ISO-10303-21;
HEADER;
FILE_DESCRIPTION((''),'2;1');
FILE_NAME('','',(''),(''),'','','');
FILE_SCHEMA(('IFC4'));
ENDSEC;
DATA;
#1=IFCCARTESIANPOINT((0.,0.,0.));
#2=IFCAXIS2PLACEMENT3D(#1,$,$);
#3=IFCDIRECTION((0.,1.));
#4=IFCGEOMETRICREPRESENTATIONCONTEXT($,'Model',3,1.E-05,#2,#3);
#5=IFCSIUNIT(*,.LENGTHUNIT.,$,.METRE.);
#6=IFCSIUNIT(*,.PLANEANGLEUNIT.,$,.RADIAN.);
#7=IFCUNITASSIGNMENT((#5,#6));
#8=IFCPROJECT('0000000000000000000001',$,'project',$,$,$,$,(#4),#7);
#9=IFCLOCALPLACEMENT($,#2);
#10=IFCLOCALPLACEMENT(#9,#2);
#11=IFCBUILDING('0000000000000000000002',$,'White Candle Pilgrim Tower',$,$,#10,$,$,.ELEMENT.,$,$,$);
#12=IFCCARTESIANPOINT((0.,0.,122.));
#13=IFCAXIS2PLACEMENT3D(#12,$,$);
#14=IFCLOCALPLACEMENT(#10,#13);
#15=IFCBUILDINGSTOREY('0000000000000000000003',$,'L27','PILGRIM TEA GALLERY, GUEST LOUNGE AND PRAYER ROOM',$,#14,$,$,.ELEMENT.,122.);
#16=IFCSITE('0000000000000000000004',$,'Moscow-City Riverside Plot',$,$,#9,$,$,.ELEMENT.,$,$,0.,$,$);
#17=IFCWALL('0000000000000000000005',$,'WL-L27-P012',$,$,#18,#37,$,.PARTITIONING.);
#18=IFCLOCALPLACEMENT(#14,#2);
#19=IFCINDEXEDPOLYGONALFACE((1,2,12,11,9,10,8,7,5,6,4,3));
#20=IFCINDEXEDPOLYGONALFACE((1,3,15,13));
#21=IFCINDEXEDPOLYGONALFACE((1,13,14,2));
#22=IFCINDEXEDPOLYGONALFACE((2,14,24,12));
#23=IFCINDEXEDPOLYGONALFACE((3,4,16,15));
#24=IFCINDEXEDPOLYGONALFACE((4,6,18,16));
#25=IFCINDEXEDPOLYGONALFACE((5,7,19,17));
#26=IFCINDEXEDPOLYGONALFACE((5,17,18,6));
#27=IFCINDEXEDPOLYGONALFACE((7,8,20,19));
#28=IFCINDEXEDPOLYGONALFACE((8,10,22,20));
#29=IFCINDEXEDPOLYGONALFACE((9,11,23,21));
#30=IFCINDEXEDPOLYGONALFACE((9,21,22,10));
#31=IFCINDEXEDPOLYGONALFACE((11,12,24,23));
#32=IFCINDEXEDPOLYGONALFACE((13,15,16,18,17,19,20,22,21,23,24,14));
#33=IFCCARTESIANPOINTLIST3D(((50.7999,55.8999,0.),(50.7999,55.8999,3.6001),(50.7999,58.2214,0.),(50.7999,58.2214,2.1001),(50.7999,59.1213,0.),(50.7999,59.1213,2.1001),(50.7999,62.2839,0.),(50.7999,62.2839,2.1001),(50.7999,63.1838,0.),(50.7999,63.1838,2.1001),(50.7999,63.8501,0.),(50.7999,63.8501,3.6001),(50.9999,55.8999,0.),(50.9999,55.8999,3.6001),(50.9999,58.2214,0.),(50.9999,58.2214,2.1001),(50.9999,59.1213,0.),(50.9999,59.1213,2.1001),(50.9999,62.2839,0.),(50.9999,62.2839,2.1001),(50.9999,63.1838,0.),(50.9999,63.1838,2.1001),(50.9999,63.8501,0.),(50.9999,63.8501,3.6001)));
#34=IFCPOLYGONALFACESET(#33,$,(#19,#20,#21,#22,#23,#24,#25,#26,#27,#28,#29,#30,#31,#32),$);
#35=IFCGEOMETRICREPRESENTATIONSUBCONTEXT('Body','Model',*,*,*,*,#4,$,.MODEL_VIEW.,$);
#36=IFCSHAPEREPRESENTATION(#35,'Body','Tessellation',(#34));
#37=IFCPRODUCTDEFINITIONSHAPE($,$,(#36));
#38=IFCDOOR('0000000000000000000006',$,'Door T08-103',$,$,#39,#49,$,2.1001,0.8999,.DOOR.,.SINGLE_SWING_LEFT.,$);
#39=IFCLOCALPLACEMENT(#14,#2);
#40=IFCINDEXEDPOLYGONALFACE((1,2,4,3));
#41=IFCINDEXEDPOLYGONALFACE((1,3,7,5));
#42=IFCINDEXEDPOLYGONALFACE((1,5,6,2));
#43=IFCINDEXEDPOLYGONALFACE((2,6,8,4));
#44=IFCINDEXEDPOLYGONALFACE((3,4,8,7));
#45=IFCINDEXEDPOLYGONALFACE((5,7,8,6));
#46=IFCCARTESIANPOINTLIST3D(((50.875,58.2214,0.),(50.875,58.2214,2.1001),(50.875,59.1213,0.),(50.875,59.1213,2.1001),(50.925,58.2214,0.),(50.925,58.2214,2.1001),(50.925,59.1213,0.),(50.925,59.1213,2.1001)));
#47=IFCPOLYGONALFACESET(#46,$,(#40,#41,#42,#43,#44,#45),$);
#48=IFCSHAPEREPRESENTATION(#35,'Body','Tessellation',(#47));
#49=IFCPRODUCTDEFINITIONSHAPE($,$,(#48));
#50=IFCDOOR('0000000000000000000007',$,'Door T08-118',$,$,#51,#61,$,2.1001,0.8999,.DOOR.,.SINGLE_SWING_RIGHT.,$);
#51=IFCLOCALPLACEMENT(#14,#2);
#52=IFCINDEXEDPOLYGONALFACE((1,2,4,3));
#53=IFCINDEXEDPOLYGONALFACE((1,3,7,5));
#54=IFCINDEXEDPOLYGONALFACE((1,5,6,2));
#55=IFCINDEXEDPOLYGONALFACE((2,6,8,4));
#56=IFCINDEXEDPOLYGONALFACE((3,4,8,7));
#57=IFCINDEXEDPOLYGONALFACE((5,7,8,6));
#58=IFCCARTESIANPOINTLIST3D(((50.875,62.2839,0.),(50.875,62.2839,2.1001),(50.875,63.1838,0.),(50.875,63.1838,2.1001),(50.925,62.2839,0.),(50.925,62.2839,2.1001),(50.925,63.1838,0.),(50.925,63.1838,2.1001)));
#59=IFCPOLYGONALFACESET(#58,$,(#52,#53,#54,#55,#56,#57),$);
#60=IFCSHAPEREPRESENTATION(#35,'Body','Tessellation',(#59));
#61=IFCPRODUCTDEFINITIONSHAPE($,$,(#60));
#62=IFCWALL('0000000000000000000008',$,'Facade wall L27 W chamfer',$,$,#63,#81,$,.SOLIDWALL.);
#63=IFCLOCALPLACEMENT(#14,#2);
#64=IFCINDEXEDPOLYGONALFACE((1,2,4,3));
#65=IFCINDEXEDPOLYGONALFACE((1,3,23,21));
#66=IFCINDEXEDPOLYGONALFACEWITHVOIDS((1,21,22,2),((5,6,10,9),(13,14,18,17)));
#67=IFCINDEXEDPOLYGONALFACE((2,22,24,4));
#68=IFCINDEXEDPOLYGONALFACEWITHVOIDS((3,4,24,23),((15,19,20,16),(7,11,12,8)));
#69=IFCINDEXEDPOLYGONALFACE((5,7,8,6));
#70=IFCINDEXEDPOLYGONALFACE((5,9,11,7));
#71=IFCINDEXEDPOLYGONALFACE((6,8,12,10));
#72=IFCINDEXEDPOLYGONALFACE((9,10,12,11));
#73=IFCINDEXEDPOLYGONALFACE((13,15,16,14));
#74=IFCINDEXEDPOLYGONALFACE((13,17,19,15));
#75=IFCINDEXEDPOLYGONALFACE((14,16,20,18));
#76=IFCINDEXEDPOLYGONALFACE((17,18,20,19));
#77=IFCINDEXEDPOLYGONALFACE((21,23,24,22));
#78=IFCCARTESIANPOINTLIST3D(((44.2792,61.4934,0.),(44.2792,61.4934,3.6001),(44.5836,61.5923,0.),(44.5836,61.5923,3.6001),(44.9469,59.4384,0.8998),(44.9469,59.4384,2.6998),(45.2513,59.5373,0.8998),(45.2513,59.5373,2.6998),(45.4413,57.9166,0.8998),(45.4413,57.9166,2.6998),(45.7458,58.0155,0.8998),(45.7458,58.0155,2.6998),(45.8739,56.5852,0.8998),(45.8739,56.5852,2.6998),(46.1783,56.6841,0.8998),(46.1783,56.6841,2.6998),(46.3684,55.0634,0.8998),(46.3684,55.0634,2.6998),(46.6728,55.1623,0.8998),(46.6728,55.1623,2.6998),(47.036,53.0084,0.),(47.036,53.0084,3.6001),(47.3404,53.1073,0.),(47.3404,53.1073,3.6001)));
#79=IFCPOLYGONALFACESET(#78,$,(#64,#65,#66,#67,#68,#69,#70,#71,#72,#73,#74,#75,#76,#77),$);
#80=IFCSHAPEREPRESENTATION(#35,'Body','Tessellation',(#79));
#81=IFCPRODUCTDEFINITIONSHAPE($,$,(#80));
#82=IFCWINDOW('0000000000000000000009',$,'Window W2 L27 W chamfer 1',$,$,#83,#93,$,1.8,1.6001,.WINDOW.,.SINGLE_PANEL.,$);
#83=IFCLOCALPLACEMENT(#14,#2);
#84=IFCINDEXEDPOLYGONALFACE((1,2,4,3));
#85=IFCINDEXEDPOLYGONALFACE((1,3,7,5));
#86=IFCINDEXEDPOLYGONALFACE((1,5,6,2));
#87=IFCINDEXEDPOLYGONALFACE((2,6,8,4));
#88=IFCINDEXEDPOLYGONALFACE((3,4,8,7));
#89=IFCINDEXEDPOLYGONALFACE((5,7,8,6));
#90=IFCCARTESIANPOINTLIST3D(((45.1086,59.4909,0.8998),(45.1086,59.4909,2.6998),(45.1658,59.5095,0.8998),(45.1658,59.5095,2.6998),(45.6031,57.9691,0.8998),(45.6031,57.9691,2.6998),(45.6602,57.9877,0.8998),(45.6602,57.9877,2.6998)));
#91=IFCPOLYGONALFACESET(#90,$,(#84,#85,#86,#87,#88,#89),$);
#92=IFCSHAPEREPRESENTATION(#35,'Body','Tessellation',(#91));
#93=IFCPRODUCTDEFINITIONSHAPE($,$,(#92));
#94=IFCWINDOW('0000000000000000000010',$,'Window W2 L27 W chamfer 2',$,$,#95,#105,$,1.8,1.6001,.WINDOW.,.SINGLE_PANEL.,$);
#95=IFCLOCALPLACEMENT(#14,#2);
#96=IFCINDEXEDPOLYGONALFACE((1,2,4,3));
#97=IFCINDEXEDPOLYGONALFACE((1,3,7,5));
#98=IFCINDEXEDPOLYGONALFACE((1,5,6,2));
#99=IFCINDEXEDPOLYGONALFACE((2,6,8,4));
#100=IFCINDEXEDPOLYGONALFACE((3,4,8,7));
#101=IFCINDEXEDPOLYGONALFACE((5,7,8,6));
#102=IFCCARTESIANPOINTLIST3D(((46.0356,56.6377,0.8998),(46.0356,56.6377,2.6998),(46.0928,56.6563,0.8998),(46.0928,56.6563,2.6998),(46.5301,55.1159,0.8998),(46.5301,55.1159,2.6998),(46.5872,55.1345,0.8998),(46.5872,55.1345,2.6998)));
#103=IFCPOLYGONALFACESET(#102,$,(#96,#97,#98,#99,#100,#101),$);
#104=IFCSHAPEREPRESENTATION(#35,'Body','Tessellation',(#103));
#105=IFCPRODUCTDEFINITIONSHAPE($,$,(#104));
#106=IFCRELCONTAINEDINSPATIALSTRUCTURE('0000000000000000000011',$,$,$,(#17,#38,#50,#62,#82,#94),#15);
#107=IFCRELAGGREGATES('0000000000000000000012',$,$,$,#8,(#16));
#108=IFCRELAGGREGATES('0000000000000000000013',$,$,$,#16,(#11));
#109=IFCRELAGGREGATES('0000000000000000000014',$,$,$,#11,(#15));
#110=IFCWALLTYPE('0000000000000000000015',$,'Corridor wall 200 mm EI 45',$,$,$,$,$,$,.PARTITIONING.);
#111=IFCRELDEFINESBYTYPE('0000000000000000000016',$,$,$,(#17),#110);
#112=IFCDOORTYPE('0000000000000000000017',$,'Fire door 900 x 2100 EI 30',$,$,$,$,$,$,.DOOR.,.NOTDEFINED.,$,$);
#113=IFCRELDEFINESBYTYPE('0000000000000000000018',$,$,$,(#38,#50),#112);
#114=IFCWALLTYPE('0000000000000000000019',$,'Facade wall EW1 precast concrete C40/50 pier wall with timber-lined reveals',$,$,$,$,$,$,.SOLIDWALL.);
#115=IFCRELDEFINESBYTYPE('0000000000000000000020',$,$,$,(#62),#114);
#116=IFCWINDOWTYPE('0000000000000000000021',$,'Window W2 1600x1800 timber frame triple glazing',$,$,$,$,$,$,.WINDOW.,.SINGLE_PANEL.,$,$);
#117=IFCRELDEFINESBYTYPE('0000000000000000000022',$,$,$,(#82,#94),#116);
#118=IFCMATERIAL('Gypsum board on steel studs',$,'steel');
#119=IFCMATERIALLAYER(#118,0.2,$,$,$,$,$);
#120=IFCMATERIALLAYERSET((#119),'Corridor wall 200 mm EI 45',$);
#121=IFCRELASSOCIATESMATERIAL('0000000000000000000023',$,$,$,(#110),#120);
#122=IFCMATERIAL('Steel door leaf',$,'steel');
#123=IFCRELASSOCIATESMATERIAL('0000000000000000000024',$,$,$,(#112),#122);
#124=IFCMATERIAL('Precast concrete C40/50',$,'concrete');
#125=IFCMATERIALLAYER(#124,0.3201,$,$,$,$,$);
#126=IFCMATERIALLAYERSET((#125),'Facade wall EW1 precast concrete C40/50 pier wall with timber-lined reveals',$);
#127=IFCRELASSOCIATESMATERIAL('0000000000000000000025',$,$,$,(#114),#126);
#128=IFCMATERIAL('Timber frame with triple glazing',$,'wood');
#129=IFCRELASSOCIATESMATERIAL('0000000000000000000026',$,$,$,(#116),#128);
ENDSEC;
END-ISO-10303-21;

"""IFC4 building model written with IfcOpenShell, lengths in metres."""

from ifc_helpers import new_model, si_unit, direction, frame, frame_2d, origin, place, context, subcontext, project, spatial, rectangle, extrude, material, layer, layer_set, type_object, element, fill, save


model = new_model("IFC4")

# Units and contexts
model_context = context("Model", 3, precision=1e-05, world=origin(), true_north=direction((0.0, 1.0)))
body_context = subcontext(model_context, "Body", "Model", "MODEL_VIEW")
ifc_project = project(units=[si_unit("LENGTHUNIT", "METRE"), si_unit("PLANEANGLEUNIT", "RADIAN")], contexts=[model_context])

# Site, building, storey
site_placement = place(None, origin())
site = spatial("IfcSite", under=ifc_project, at=site_placement, Name="Moscow-City Riverside Plot", CompositionType="ELEMENT", RefElevation=0.0)
building_placement = place(site_placement, origin())
building = spatial("IfcBuilding", under=site, at=building_placement, Name="White Candle Pilgrim Tower", CompositionType="ELEMENT")
storey_placement = place(building_placement, frame((0.0, 0.0, 122.0)))
storey = spatial("IfcBuildingStorey", under=building, at=storey_placement, Name="L27", Description="PILGRIM TEA GALLERY, GUEST LOUNGE AND PRAYER ROOM", CompositionType="ELEMENT", Elevation=122.0)

# Wall, openings, doors
ifc_material_1 = material(Name="Gypsum board on steel studs", Category="steel")
ifc_layer_1 = layer(ifc_material_1, 0.2)
ifc_layer_set_1 = layer_set([ifc_layer_1], Name="Corridor wall 200 mm EI 45")
wall_type_1 = type_object("IfcWallType", Name="Corridor wall 200 mm EI 45", PredefinedType="PARTITIONING", material=ifc_layer_set_1)
wall_1_placement = place(storey_placement, frame((50.8999, 55.8999, 0.0), z_axis=(0.0, 0.0, 1.0), x_axis=(0.0, 1.0, 0.0)))
wall_1 = element("IfcWall", 1, at=wall_1_placement, inside=storey, type_object=wall_type_1, Name="WL-L27-P012", PredefinedType="PARTITIONING", context=body_context, shape_type="SweptSolid", body=[
    extrude(rectangle(XDim=7.9502, YDim=0.2, at=frame_2d((3.9751, 0.0))), origin(), (0.0, 0.0, 1.0), 3.6001),
])
opening_1_placement = place(wall_1_placement, frame((2.3215, 0.0, 0.0)))
opening_1 = element("IfcOpeningElement", 2, at=opening_1_placement, cuts=wall_1, PredefinedType="OPENING", context=body_context, shape_type="SweptSolid", body=[
    extrude(rectangle(XDim=0.8999, YDim=2.1001, at=frame_2d((0.45, 1.05))), frame((0.0, 0.1099, 0.0), z_axis=(0.0, -1.0, 0.0), x_axis=(1.0, 0.0, 0.0)), (0.0, 0.0, 1.0), 0.22),
])
opening_2_placement = place(wall_1_placement, frame((6.384, 0.0, 0.0)))
opening_2 = element("IfcOpeningElement", 3, at=opening_2_placement, cuts=wall_1, PredefinedType="OPENING", context=body_context, shape_type="SweptSolid", body=[
    extrude(rectangle(XDim=0.8999, YDim=2.1001, at=frame_2d((0.45, 1.05))), frame((0.0, 0.1099, 0.0), z_axis=(0.0, -1.0, 0.0), x_axis=(1.0, 0.0, 0.0)), (0.0, 0.0, 1.0), 0.22),
])
ifc_material_2 = material(Name="Steel door leaf", Category="steel")
door_type_1 = type_object("IfcDoorType", Name="Fire door 900 x 2100 EI 30", OperationType="NOTDEFINED", PredefinedType="DOOR", material=ifc_material_2)
door_1_placement = place(opening_1_placement, origin())
door_1 = element("IfcDoor", 4, at=door_1_placement, inside=storey, type_object=door_type_1, Name="Door T08-103", OperationType="SINGLE_SWING_LEFT", OverallHeight=2.1001, OverallWidth=0.8999, PredefinedType="DOOR", context=body_context, shape_type="SweptSolid", body=[
    extrude(rectangle(XDim=0.8999, YDim=2.1001, at=frame_2d((0.45, 1.05))), frame((0.0, 0.0249, 0.0), z_axis=(0.0, -1.0, 0.0), x_axis=(1.0, 0.0, 0.0)), (0.0, 0.0, 1.0), 0.05),
])
fill(opening_1, door_1)
door_2_placement = place(opening_2_placement, origin())
door_2 = element("IfcDoor", 5, at=door_2_placement, inside=storey, type_object=door_type_1, Name="Door T08-118", OperationType="SINGLE_SWING_RIGHT", OverallHeight=2.1001, OverallWidth=0.8999, PredefinedType="DOOR", context=body_context, shape_type="SweptSolid", body=[
    extrude(rectangle(XDim=0.8999, YDim=2.1001, at=frame_2d((0.45, 1.05))), frame((0.0, 0.0249, 0.0), z_axis=(0.0, -1.0, 0.0), x_axis=(1.0, 0.0, 0.0)), (0.0, 0.0, 1.0), 0.05),
])
fill(opening_2, door_2)

# Wall, openings, windows
ifc_material_3 = material(Name="Precast concrete C40/50", Category="concrete")
ifc_layer_2 = layer(ifc_material_3, 0.3201)
ifc_layer_set_2 = layer_set([ifc_layer_2], Name="Facade wall EW1 precast concrete C40/50 pier wall with timber-lined reveals")
wall_type_2 = type_object("IfcWallType", Name="Facade wall EW1 precast concrete C40/50 pier wall with timber-lined reveals", PredefinedType="SOLIDWALL", material=ifc_layer_set_2)
wall_2_placement = place(storey_placement, frame((44.4314, 61.543, 0.0), z_axis=(0.0, 0.0, 1.0), x_axis=(0.309003, -0.951061, 0.0)))
wall_2 = element("IfcWall", 6, at=wall_2_placement, inside=storey, type_object=wall_type_2, Name="Facade wall L27 W chamfer", PredefinedType="SOLIDWALL", context=body_context, shape_type="SweptSolid", body=[
    extrude(rectangle(XDim=8.9216, YDim=0.3201, at=frame_2d((4.4609, 0.0))), origin(), (0.0, 0.0, 1.0), 3.6001),
])
opening_3_placement = place(wall_2_placement, frame((2.1609, 0.0, 0.8999)))
opening_3 = element("IfcOpeningElement", 7, at=opening_3_placement, cuts=wall_2, PredefinedType="OPENING", context=body_context, shape_type="SweptSolid", body=[
    extrude(rectangle(XDim=1.6001, YDim=1.8, at=frame_2d((0.8, 0.8999))), frame((0.0, 0.1699, 0.0), z_axis=(0.0, -1.0, 0.0), x_axis=(1.0, 0.0, 0.0)), (0.0, 0.0, 1.0), 0.3401),
])
opening_4_placement = place(wall_2_placement, frame((5.1609, 0.0, 0.8999)))
opening_4 = element("IfcOpeningElement", 8, at=opening_4_placement, cuts=wall_2, PredefinedType="OPENING", context=body_context, shape_type="SweptSolid", body=[
    extrude(rectangle(XDim=1.6001, YDim=1.8, at=frame_2d((0.8, 0.8999))), frame((0.0, 0.1699, 0.0), z_axis=(0.0, -1.0, 0.0), x_axis=(1.0, 0.0, 0.0)), (0.0, 0.0, 1.0), 0.3401),
])
ifc_material_4 = material(Name="Timber frame with triple glazing", Category="wood")
window_type_1 = type_object("IfcWindowType", Name="Window W2 1600x1800 timber frame triple glazing", PartitioningType="SINGLE_PANEL", PredefinedType="WINDOW", material=ifc_material_4)
window_1_placement = place(opening_3_placement, origin())
window_1 = element("IfcWindow", 9, at=window_1_placement, inside=storey, type_object=window_type_1, Name="Window W2 L27 W chamfer 1", OverallHeight=1.8, OverallWidth=1.6001, PartitioningType="SINGLE_PANEL", PredefinedType="WINDOW", context=body_context, shape_type="SweptSolid", body=[
    extrude(rectangle(XDim=1.6001, YDim=1.8, at=frame_2d((0.8, 0.8999))), frame((0.0, 0.0701, 0.0), z_axis=(0.0, -1.0, 0.0), x_axis=(1.0, 0.0, 0.0)), (0.0, 0.0, 1.0), 0.0601),
])
fill(opening_3, window_1)
window_2_placement = place(opening_4_placement, origin())
window_2 = element("IfcWindow", 10, at=window_2_placement, inside=storey, type_object=window_type_1, Name="Window W2 L27 W chamfer 2", OverallHeight=1.8, OverallWidth=1.6001, PartitioningType="SINGLE_PANEL", PredefinedType="WINDOW", context=body_context, shape_type="SweptSolid", body=[
    extrude(rectangle(XDim=1.6001, YDim=1.8, at=frame_2d((0.8, 0.8999))), frame((0.0, 0.0701, 0.0), z_axis=(0.0, -1.0, 0.0), x_axis=(1.0, 0.0, 0.0)), (0.0, 0.0, 1.0), 0.0601),
])
fill(opening_4, window_2)

save(model, "model.ifc")
